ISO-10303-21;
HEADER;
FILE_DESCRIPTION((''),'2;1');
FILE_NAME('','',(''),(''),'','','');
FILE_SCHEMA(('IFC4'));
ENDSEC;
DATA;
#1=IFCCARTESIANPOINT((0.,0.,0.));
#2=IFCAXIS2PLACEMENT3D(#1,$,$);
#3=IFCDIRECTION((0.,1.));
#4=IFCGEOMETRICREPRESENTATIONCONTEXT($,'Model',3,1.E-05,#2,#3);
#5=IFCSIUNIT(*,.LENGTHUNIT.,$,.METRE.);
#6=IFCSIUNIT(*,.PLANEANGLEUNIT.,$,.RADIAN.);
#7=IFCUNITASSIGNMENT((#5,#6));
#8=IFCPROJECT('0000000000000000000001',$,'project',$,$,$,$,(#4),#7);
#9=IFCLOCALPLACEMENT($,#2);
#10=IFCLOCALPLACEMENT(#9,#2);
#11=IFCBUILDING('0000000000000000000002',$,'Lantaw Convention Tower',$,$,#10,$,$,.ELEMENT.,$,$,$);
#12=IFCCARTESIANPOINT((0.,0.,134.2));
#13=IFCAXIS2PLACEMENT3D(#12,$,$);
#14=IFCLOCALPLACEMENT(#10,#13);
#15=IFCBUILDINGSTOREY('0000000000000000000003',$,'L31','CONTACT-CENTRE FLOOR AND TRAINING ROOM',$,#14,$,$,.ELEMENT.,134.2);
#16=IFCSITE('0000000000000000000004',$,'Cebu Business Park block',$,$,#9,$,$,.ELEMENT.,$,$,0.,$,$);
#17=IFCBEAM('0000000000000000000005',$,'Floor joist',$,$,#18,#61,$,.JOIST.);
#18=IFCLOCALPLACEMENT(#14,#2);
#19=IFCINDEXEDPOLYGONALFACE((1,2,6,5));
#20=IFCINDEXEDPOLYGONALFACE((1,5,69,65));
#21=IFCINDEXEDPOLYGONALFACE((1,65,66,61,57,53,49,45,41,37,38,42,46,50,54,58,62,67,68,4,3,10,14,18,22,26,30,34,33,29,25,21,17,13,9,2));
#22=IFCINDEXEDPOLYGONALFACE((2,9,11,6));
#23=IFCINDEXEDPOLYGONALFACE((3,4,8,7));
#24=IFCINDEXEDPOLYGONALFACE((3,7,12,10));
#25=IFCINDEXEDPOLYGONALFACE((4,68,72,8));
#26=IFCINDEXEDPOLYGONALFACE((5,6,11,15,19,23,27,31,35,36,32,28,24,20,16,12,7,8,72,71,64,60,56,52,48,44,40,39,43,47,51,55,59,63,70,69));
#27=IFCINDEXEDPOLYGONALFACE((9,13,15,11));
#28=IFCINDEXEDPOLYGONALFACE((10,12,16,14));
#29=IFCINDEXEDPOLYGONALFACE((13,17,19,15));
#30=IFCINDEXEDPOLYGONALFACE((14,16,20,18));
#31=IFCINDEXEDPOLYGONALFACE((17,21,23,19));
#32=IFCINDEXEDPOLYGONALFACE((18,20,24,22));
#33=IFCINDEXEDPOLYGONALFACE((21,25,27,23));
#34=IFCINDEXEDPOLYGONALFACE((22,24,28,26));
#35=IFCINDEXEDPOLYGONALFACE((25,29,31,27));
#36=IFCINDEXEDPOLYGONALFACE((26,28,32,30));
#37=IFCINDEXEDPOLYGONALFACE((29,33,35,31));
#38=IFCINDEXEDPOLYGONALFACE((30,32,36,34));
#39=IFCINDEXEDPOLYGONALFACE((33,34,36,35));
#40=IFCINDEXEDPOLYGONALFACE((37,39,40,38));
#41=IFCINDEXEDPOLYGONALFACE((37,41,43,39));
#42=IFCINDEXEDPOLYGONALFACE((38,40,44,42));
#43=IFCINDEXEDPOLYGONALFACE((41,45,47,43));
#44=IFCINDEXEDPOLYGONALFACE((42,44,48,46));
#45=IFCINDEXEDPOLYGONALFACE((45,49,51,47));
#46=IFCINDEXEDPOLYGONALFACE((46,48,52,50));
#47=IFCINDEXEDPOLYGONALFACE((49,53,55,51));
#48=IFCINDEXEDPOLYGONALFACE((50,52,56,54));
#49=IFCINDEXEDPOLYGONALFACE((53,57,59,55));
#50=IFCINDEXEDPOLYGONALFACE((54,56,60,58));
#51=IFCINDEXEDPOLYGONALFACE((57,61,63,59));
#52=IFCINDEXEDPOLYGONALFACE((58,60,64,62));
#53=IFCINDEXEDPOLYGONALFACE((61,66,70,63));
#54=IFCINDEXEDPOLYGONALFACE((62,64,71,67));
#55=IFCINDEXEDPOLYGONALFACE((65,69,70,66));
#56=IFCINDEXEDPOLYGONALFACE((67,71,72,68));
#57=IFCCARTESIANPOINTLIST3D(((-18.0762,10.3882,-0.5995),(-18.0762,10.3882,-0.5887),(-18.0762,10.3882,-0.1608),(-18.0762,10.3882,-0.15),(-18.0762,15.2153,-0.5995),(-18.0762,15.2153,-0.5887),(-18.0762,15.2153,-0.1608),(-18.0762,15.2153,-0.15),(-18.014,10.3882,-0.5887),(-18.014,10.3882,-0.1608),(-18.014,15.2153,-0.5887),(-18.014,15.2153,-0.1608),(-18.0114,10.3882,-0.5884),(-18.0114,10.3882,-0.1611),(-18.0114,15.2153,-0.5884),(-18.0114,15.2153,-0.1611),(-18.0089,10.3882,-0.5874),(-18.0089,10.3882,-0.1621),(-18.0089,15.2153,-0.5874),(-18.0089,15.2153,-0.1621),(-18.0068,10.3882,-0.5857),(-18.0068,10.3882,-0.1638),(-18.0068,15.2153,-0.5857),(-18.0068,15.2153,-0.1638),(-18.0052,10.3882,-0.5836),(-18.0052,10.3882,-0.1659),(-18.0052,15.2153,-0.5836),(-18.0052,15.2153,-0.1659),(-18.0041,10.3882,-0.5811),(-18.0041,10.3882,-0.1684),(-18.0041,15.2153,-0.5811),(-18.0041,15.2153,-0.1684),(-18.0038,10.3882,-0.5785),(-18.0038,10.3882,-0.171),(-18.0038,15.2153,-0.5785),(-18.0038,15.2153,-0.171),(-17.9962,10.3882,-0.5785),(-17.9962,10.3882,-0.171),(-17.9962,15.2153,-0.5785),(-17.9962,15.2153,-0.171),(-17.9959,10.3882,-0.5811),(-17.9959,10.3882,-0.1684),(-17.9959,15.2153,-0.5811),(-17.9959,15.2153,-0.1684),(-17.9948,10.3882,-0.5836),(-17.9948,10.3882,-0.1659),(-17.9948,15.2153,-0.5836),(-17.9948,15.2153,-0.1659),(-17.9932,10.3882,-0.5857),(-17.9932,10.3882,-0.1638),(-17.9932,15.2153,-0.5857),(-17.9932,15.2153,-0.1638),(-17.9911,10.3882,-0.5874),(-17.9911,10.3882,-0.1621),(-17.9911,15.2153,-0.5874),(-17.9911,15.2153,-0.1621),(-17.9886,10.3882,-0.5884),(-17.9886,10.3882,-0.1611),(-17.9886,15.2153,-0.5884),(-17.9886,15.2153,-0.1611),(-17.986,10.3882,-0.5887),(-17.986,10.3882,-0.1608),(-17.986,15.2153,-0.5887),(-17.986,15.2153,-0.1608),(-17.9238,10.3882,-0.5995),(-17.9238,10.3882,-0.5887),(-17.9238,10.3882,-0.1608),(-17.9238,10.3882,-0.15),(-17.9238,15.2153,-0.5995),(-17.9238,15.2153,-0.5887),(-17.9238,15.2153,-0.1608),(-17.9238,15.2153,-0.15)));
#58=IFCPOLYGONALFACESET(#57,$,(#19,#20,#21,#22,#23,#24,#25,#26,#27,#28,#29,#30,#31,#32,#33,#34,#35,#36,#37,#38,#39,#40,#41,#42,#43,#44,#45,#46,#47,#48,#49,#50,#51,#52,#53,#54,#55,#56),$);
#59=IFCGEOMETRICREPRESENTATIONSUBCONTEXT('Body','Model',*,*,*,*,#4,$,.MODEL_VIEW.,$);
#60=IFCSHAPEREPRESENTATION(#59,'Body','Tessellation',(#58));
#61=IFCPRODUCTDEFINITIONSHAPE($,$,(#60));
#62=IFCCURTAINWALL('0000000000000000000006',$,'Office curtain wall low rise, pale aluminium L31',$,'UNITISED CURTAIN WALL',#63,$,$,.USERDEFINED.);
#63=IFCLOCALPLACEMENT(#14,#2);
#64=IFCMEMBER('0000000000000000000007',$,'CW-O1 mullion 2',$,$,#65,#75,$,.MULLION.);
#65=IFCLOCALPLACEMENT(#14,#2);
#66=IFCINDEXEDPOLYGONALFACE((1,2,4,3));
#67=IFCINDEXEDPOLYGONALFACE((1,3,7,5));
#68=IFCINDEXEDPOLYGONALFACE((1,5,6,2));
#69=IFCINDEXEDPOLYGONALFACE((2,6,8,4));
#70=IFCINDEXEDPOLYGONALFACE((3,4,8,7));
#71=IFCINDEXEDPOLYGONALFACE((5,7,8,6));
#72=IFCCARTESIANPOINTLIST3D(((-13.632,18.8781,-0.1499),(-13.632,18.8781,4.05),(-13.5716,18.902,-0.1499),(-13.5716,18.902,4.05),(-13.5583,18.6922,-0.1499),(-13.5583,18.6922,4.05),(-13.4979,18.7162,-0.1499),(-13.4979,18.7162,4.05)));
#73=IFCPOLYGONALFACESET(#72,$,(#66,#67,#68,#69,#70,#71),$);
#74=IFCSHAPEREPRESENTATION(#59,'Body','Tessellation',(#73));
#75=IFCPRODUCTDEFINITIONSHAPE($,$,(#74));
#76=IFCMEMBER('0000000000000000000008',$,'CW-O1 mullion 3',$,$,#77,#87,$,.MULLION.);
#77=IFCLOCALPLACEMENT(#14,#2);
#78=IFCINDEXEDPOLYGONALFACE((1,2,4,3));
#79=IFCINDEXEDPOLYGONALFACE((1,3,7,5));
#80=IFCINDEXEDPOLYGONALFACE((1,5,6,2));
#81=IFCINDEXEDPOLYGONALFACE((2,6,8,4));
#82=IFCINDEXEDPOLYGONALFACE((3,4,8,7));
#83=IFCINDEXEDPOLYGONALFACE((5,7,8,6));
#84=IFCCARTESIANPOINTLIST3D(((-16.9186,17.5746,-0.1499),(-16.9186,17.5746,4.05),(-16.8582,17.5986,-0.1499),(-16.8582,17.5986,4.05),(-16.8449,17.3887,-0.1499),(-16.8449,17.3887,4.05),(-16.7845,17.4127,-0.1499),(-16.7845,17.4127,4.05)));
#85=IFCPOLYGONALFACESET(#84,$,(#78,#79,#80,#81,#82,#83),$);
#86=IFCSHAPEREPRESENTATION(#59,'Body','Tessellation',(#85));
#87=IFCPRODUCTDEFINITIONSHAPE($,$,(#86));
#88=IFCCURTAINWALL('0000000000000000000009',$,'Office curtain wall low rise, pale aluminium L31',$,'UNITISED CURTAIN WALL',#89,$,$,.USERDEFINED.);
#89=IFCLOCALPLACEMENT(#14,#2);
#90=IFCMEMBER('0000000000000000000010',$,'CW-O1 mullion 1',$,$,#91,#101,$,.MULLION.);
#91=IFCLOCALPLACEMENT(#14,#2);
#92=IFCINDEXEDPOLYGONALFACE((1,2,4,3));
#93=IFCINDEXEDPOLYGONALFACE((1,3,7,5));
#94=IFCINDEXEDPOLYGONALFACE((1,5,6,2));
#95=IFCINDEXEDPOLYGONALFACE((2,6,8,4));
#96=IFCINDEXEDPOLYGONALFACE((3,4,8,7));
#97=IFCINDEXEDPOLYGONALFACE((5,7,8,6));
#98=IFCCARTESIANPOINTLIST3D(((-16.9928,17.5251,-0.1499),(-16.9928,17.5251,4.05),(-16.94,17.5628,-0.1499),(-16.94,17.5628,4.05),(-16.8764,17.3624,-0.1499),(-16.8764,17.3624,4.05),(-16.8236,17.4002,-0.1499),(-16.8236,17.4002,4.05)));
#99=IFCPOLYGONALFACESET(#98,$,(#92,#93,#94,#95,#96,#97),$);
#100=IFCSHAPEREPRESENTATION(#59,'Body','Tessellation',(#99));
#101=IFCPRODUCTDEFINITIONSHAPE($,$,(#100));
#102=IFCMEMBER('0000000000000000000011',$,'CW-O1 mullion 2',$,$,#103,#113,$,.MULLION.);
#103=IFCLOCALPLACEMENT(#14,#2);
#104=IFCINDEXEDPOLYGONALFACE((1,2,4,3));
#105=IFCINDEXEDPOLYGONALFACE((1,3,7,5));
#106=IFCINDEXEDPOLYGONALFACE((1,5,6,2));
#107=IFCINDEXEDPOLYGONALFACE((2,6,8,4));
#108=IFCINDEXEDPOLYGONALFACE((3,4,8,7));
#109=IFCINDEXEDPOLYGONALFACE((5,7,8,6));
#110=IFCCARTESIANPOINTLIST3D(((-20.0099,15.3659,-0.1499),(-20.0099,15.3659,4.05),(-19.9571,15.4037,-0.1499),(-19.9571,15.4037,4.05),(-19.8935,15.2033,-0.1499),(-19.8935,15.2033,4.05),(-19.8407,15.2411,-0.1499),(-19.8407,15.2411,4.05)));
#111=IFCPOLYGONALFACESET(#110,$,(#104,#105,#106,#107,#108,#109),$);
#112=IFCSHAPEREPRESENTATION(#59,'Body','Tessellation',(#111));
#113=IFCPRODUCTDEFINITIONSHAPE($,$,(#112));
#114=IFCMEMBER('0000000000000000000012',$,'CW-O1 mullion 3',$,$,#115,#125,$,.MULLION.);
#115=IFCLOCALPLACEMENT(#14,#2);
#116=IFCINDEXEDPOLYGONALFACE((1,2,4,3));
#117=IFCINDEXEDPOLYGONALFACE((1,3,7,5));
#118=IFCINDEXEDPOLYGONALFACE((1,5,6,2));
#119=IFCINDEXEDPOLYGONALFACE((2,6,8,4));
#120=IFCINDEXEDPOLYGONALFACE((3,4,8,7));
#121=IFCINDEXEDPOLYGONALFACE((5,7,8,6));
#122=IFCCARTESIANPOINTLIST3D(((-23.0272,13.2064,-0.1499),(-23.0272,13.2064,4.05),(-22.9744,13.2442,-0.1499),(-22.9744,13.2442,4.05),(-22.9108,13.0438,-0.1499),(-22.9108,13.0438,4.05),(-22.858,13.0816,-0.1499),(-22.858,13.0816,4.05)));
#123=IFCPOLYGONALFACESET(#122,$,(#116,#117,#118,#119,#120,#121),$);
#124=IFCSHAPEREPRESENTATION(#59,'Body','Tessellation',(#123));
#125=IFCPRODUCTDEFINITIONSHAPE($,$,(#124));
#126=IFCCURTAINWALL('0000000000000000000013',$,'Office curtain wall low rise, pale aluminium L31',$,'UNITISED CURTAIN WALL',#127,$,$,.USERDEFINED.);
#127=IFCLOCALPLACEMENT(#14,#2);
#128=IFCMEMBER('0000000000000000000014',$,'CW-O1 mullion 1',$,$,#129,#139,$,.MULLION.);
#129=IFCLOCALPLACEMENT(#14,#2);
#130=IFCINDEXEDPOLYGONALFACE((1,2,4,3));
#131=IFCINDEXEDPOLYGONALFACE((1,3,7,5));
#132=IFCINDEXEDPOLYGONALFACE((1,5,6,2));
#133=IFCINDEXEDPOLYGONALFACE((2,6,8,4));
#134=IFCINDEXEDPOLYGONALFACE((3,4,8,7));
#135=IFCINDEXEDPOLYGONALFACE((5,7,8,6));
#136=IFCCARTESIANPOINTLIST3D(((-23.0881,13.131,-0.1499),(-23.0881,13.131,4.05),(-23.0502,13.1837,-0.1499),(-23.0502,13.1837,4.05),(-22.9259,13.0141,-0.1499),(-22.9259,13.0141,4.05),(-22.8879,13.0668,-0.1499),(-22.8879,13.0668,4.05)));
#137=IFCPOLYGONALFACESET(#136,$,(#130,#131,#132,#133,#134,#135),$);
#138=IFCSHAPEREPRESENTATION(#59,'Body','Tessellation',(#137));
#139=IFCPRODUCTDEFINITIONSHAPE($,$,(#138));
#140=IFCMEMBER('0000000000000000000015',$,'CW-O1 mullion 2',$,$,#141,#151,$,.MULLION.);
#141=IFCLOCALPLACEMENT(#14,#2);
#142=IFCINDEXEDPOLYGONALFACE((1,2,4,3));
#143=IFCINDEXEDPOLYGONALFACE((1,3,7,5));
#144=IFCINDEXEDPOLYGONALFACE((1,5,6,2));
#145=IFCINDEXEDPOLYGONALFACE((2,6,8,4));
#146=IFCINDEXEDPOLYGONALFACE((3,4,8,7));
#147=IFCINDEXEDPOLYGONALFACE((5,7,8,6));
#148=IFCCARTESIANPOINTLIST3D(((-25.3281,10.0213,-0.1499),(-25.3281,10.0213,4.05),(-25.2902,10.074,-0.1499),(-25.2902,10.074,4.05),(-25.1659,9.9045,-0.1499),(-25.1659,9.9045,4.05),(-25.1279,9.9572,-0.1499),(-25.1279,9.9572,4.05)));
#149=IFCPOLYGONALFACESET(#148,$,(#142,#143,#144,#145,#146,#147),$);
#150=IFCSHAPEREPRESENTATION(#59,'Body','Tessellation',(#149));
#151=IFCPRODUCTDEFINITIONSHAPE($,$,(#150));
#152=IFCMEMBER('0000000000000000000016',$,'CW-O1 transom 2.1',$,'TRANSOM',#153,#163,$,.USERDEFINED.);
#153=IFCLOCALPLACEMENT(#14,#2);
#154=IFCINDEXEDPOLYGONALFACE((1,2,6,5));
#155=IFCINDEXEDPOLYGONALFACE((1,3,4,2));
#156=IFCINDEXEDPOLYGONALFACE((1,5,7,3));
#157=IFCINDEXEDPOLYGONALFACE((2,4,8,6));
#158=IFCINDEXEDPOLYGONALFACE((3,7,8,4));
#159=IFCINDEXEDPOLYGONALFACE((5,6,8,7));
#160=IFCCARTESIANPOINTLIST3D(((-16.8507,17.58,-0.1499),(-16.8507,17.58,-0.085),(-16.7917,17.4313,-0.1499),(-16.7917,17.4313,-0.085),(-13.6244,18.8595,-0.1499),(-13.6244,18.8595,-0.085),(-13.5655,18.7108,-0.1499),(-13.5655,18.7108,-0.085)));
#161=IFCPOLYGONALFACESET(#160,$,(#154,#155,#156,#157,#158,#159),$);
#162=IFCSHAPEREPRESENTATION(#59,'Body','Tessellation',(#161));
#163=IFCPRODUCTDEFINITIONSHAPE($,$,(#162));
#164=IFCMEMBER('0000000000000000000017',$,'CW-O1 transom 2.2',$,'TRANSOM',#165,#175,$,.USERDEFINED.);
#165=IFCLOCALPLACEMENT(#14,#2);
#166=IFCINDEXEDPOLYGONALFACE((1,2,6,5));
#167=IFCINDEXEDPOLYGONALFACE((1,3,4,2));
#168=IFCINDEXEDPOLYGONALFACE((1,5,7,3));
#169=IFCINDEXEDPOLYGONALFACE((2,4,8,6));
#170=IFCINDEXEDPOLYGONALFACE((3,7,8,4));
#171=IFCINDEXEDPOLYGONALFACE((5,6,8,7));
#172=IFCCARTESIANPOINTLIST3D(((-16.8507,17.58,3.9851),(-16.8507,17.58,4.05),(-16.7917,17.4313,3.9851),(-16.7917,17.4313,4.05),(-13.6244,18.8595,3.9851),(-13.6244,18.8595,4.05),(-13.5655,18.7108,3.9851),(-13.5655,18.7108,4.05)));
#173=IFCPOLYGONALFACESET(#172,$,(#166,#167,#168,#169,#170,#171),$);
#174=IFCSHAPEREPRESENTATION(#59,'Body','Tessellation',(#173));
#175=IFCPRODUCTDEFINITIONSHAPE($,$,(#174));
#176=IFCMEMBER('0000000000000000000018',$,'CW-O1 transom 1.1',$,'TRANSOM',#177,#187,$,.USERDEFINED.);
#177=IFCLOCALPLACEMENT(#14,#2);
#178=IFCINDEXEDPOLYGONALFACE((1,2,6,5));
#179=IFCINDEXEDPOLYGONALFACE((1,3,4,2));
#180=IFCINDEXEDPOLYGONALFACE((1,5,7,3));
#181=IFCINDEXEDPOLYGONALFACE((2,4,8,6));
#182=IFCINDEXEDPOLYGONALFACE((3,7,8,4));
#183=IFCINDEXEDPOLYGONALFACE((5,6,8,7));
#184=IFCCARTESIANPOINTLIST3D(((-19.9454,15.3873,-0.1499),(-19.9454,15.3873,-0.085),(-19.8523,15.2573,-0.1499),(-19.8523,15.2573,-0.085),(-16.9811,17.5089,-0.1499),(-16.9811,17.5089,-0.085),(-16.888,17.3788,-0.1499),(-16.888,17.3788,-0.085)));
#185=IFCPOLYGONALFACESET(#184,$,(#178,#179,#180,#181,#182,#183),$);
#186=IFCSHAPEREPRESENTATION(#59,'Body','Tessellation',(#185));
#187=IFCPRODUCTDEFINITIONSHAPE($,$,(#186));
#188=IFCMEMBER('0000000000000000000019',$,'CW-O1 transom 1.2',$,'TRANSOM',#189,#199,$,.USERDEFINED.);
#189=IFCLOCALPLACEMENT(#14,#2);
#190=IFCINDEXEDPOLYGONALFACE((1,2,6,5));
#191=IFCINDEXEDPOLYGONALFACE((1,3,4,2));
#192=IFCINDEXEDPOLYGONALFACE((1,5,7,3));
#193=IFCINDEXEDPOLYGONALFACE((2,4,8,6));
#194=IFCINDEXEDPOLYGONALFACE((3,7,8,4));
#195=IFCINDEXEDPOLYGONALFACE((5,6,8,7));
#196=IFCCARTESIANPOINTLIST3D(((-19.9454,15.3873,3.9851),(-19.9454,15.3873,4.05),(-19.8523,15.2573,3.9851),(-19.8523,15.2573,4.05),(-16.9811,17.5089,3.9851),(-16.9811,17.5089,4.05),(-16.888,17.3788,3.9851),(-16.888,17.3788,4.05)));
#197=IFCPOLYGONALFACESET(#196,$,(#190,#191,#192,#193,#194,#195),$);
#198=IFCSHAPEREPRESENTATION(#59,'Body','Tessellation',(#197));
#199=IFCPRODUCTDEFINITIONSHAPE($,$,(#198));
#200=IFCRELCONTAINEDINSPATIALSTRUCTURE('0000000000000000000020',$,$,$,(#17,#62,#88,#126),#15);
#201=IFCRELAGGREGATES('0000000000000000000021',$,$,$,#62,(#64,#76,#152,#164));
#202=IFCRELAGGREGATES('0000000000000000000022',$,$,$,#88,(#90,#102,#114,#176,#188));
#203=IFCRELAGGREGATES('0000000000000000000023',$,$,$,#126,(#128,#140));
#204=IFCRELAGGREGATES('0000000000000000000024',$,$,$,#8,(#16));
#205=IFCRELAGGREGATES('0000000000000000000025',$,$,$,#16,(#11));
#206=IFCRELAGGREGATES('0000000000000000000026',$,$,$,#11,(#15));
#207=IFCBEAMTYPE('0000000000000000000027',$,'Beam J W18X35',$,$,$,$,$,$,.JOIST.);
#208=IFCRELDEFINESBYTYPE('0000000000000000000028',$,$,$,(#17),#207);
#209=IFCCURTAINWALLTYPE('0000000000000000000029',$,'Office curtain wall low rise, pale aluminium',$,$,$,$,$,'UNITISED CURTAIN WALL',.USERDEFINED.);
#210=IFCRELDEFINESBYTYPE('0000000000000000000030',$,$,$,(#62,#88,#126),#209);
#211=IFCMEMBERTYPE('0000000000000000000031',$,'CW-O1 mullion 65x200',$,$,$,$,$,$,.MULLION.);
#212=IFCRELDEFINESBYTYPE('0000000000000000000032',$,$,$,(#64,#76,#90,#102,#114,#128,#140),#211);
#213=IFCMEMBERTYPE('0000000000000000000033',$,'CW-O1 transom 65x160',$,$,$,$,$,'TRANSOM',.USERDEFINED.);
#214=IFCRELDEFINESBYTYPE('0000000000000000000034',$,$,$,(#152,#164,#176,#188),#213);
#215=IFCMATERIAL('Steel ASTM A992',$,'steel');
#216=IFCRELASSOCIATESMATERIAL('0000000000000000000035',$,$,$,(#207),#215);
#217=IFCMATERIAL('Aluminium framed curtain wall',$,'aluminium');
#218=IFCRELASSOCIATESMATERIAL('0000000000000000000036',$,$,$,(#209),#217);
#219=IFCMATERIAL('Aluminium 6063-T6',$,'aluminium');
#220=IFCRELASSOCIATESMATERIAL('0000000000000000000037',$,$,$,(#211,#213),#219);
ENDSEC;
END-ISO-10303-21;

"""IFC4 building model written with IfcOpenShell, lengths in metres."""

from ifc_helpers import new_model, si_unit, direction, frame, origin, origin_2d, place, context, subcontext, project, spatial, rectangle, i_section, extrude, material, material_profile, profile_set, type_object, element, aggregate, save


model = new_model("IFC4")

# Units and contexts
model_context = context("Model", 3, precision=1e-05, world=origin(), true_north=direction((0.0, 1.0)))
body_context = subcontext(model_context, "Body", "Model", "MODEL_VIEW")
ifc_project = project(units=[si_unit("LENGTHUNIT", "METRE"), si_unit("PLANEANGLEUNIT", "RADIAN")], contexts=[model_context])

# Site, building, storey
site_placement = place(None, origin())
site = spatial("IfcSite", under=ifc_project, at=site_placement, Name="Cebu Business Park block", CompositionType="ELEMENT", RefElevation=0.0)
building_placement = place(site_placement, origin())
building = spatial("IfcBuilding", under=site, at=building_placement, Name="Lantaw Convention Tower", CompositionType="ELEMENT")
storey_placement = place(building_placement, frame((0.0, 0.0, 134.2)))
storey = spatial("IfcBuildingStorey", under=building, at=storey_placement, Name="L31", Description="CONTACT-CENTRE FLOOR AND TRAINING ROOM", CompositionType="ELEMENT", Elevation=134.2)

# Beam
ifc_material_1 = material(Name="Steel ASTM A992", Category="steel")
ifc_material_profile_1 = material_profile(ifc_material_1, i_section(OverallWidth=0.1523, OverallDepth=0.4495, WebThickness=0.0076, FlangeThickness=0.0107, FilletRadius=0.0103, at=origin_2d()), Name="W18X35")
ifc_profile_set_1 = profile_set([ifc_material_profile_1], Name="Steel ASTM A992")
beam_type_1 = type_object("IfcBeamType", Name="Beam J W18X35", PredefinedType="JOIST", material=ifc_profile_set_1)
beam_1_placement = place(storey_placement, frame((-18.0, 10.3882, -0.3748), z_axis=(0.0, 1.0, 0.0), x_axis=(-1.0, 0.0, 0.0)))
element("IfcBeam", 1, at=beam_1_placement, inside=storey, type_object=beam_type_1, Name="Floor joist", PredefinedType="JOIST", context=body_context, shape_type="SweptSolid", body=[
    extrude(i_section(OverallWidth=0.1523, OverallDepth=0.4495, WebThickness=0.0076, FlangeThickness=0.0107, FilletRadius=0.0103, at=origin_2d()), origin(), (0.0, 0.0, 1.0), 4.8271),
])

# Curtain walls, members
ifc_material_2 = material(Name="Aluminium framed curtain wall", Category="aluminium")
curtain_wall_type = type_object("IfcCurtainWallType", Name="Office curtain wall low rise, pale aluminium", ElementType="UNITISED CURTAIN WALL", PredefinedType="USERDEFINED", material=ifc_material_2)
curtain_wall_1_placement = place(storey_placement, origin())
curtain_wall_1 = element("IfcCurtainWall", 2, at=curtain_wall_1_placement, inside=storey, type_object=curtain_wall_type, Name="Office curtain wall low rise, pale aluminium L31", ObjectType="UNITISED CURTAIN WALL", PredefinedType="USERDEFINED")
ifc_material_3 = material(Name="Aluminium 6063-T6", Category="aluminium")
ifc_material_profile_2 = material_profile(ifc_material_3, rectangle(XDim=0.2, YDim=0.0649, at=origin_2d()), Name="CW-O1 mullion 65x200")
ifc_profile_set_2 = profile_set([ifc_material_profile_2], Name="Aluminium 6063-T6")
member_type_1 = type_object("IfcMemberType", Name="CW-O1 mullion 65x200", PredefinedType="MULLION", material=ifc_profile_set_2)
member_1_placement = place(storey_placement, frame((-13.5649, 18.7971, -0.1499), z_axis=(0.0, 0.0, 1.0), x_axis=(0.368702, -0.929548, 0.0)))
member_1 = element("IfcMember", 3, at=member_1_placement, type_object=member_type_1, Name="CW-O1 mullion 2", PredefinedType="MULLION", context=body_context, shape_type="SweptSolid", body=[
    extrude(rectangle(XDim=0.2, YDim=0.0649, at=origin_2d()), origin(), (0.0, 0.0, 1.0), 4.2),
])
member_2_placement = place(storey_placement, frame((-16.8516, 17.4937, -0.1499), z_axis=(0.0, 0.0, 1.0), x_axis=(0.368702, -0.929548, 0.0)))
member_2 = element("IfcMember", 4, at=member_2_placement, type_object=member_type_1, Name="CW-O1 mullion 3", PredefinedType="MULLION", context=body_context, shape_type="SweptSolid", body=[
    extrude(rectangle(XDim=0.2, YDim=0.0649, at=origin_2d()), origin(), (0.0, 0.0, 1.0), 4.2),
])
curtain_wall_2_placement = place(storey_placement, origin())
curtain_wall_2 = element("IfcCurtainWall", 5, at=curtain_wall_2_placement, inside=storey, type_object=curtain_wall_type, Name="Office curtain wall low rise, pale aluminium L31", ObjectType="UNITISED CURTAIN WALL", PredefinedType="USERDEFINED")
member_3_placement = place(storey_placement, frame((-16.9082, 17.4626, -0.1499), z_axis=(0.0, 0.0, 1.0), x_axis=(0.581973, -0.813208, 0.0)))
member_3 = element("IfcMember", 6, at=member_3_placement, type_object=member_type_1, Name="CW-O1 mullion 1", PredefinedType="MULLION", context=body_context, shape_type="SweptSolid", body=[
    extrude(rectangle(XDim=0.2, YDim=0.0649, at=origin_2d()), origin(), (0.0, 0.0, 1.0), 4.2),
])
member_4_placement = place(storey_placement, frame((-19.9253, 15.3035, -0.1499), z_axis=(0.0, 0.0, 1.0), x_axis=(0.581973, -0.813208, 0.0)))
member_4 = element("IfcMember", 7, at=member_4_placement, type_object=member_type_1, Name="CW-O1 mullion 2", PredefinedType="MULLION", context=body_context, shape_type="SweptSolid", body=[
    extrude(rectangle(XDim=0.2, YDim=0.0649, at=origin_2d()), origin(), (0.0, 0.0, 1.0), 4.2),
])
member_5_placement = place(storey_placement, frame((-22.9426, 13.144, -0.1499), z_axis=(0.0, 0.0, 1.0), x_axis=(0.581973, -0.813208, 0.0)))
member_5 = element("IfcMember", 8, at=member_5_placement, type_object=member_type_1, Name="CW-O1 mullion 3", PredefinedType="MULLION", context=body_context, shape_type="SweptSolid", body=[
    extrude(rectangle(XDim=0.2, YDim=0.0649, at=origin_2d()), origin(), (0.0, 0.0, 1.0), 4.2),
])
curtain_wall_3_placement = place(storey_placement, origin())
curtain_wall_3 = element("IfcCurtainWall", 9, at=curtain_wall_3_placement, inside=storey, type_object=curtain_wall_type, Name="Office curtain wall low rise, pale aluminium L31", ObjectType="UNITISED CURTAIN WALL", PredefinedType="USERDEFINED")
member_6_placement = place(storey_placement, frame((-22.988, 13.0989, -0.1499), z_axis=(0.0, 0.0, 1.0), x_axis=(0.811385, -0.584513, 0.0)))
member_6 = element("IfcMember", 10, at=member_6_placement, type_object=member_type_1, Name="CW-O1 mullion 1", PredefinedType="MULLION", context=body_context, shape_type="SweptSolid", body=[
    extrude(rectangle(XDim=0.2, YDim=0.0649, at=origin_2d()), origin(), (0.0, 0.0, 1.0), 4.2),
])
member_7_placement = place(storey_placement, frame((-25.228, 9.9893, -0.1499), z_axis=(0.0, 0.0, 1.0), x_axis=(0.811385, -0.584513, 0.0)))
member_7 = element("IfcMember", 11, at=member_7_placement, type_object=member_type_1, Name="CW-O1 mullion 2", PredefinedType="MULLION", context=body_context, shape_type="SweptSolid", body=[
    extrude(rectangle(XDim=0.2, YDim=0.0649, at=origin_2d()), origin(), (0.0, 0.0, 1.0), 4.2),
])

# Members
ifc_material_profile_3 = material_profile(ifc_material_3, rectangle(XDim=0.1599, YDim=0.0649, at=origin_2d()), Name="CW-O1 transom 65x160")
ifc_profile_set_3 = profile_set([ifc_material_profile_3], Name="Aluminium 6063-T6")
member_type_2 = type_object("IfcMemberType", Name="CW-O1 transom 65x160", ElementType="TRANSOM", PredefinedType="USERDEFINED", material=ifc_profile_set_3)
member_8_placement = place(storey_placement, frame((-13.595, 18.7852, -0.1174), z_axis=(-0.929564, -0.36866, 0.0), x_axis=(0.36866, -0.929564, 0.0)))
member_8 = element("IfcMember", 12, at=member_8_placement, type_object=member_type_2, Name="CW-O1 transom 2.1", ObjectType="TRANSOM", PredefinedType="USERDEFINED", context=body_context, shape_type="SweptSolid", body=[
    extrude(rectangle(XDim=0.1599, YDim=0.0649, at=origin_2d()), origin(), (0.0, 0.0, 1.0), 3.4707),
])
member_9_placement = place(storey_placement, frame((-13.595, 18.7852, 4.0176), z_axis=(-0.929564, -0.36866, 0.0), x_axis=(0.36866, -0.929564, 0.0)))
member_9 = element("IfcMember", 13, at=member_9_placement, type_object=member_type_2, Name="CW-O1 transom 2.2", ObjectType="TRANSOM", PredefinedType="USERDEFINED", context=body_context, shape_type="SweptSolid", body=[
    extrude(rectangle(XDim=0.1599, YDim=0.0649, at=origin_2d()), origin(), (0.0, 0.0, 1.0), 3.4707),
])
member_10_placement = place(storey_placement, frame((-16.9346, 17.4438, -0.1174), z_axis=(-0.81319, -0.581998, 0.0), x_axis=(0.581998, -0.81319, 0.0)))
member_10 = element("IfcMember", 14, at=member_10_placement, type_object=member_type_2, Name="CW-O1 transom 1.1", ObjectType="TRANSOM", PredefinedType="USERDEFINED", context=body_context, shape_type="SweptSolid", body=[
    extrude(rectangle(XDim=0.1599, YDim=0.0649, at=origin_2d()), origin(), (0.0, 0.0, 1.0), 3.6453),
])
member_11_placement = place(storey_placement, frame((-16.9346, 17.4438, 4.0176), z_axis=(-0.81319, -0.581998, 0.0), x_axis=(0.581998, -0.81319, 0.0)))
member_11 = element("IfcMember", 15, at=member_11_placement, type_object=member_type_2, Name="CW-O1 transom 1.2", ObjectType="TRANSOM", PredefinedType="USERDEFINED", context=body_context, shape_type="SweptSolid", body=[
    extrude(rectangle(XDim=0.1599, YDim=0.0649, at=origin_2d()), origin(), (0.0, 0.0, 1.0), 3.6453),
])

aggregate(curtain_wall_1, [member_1, member_2, member_8, member_9])
aggregate(curtain_wall_2, [member_3, member_4, member_5, member_10, member_11])
aggregate(curtain_wall_3, [member_6, member_7])

save(model, "model.ifc")
